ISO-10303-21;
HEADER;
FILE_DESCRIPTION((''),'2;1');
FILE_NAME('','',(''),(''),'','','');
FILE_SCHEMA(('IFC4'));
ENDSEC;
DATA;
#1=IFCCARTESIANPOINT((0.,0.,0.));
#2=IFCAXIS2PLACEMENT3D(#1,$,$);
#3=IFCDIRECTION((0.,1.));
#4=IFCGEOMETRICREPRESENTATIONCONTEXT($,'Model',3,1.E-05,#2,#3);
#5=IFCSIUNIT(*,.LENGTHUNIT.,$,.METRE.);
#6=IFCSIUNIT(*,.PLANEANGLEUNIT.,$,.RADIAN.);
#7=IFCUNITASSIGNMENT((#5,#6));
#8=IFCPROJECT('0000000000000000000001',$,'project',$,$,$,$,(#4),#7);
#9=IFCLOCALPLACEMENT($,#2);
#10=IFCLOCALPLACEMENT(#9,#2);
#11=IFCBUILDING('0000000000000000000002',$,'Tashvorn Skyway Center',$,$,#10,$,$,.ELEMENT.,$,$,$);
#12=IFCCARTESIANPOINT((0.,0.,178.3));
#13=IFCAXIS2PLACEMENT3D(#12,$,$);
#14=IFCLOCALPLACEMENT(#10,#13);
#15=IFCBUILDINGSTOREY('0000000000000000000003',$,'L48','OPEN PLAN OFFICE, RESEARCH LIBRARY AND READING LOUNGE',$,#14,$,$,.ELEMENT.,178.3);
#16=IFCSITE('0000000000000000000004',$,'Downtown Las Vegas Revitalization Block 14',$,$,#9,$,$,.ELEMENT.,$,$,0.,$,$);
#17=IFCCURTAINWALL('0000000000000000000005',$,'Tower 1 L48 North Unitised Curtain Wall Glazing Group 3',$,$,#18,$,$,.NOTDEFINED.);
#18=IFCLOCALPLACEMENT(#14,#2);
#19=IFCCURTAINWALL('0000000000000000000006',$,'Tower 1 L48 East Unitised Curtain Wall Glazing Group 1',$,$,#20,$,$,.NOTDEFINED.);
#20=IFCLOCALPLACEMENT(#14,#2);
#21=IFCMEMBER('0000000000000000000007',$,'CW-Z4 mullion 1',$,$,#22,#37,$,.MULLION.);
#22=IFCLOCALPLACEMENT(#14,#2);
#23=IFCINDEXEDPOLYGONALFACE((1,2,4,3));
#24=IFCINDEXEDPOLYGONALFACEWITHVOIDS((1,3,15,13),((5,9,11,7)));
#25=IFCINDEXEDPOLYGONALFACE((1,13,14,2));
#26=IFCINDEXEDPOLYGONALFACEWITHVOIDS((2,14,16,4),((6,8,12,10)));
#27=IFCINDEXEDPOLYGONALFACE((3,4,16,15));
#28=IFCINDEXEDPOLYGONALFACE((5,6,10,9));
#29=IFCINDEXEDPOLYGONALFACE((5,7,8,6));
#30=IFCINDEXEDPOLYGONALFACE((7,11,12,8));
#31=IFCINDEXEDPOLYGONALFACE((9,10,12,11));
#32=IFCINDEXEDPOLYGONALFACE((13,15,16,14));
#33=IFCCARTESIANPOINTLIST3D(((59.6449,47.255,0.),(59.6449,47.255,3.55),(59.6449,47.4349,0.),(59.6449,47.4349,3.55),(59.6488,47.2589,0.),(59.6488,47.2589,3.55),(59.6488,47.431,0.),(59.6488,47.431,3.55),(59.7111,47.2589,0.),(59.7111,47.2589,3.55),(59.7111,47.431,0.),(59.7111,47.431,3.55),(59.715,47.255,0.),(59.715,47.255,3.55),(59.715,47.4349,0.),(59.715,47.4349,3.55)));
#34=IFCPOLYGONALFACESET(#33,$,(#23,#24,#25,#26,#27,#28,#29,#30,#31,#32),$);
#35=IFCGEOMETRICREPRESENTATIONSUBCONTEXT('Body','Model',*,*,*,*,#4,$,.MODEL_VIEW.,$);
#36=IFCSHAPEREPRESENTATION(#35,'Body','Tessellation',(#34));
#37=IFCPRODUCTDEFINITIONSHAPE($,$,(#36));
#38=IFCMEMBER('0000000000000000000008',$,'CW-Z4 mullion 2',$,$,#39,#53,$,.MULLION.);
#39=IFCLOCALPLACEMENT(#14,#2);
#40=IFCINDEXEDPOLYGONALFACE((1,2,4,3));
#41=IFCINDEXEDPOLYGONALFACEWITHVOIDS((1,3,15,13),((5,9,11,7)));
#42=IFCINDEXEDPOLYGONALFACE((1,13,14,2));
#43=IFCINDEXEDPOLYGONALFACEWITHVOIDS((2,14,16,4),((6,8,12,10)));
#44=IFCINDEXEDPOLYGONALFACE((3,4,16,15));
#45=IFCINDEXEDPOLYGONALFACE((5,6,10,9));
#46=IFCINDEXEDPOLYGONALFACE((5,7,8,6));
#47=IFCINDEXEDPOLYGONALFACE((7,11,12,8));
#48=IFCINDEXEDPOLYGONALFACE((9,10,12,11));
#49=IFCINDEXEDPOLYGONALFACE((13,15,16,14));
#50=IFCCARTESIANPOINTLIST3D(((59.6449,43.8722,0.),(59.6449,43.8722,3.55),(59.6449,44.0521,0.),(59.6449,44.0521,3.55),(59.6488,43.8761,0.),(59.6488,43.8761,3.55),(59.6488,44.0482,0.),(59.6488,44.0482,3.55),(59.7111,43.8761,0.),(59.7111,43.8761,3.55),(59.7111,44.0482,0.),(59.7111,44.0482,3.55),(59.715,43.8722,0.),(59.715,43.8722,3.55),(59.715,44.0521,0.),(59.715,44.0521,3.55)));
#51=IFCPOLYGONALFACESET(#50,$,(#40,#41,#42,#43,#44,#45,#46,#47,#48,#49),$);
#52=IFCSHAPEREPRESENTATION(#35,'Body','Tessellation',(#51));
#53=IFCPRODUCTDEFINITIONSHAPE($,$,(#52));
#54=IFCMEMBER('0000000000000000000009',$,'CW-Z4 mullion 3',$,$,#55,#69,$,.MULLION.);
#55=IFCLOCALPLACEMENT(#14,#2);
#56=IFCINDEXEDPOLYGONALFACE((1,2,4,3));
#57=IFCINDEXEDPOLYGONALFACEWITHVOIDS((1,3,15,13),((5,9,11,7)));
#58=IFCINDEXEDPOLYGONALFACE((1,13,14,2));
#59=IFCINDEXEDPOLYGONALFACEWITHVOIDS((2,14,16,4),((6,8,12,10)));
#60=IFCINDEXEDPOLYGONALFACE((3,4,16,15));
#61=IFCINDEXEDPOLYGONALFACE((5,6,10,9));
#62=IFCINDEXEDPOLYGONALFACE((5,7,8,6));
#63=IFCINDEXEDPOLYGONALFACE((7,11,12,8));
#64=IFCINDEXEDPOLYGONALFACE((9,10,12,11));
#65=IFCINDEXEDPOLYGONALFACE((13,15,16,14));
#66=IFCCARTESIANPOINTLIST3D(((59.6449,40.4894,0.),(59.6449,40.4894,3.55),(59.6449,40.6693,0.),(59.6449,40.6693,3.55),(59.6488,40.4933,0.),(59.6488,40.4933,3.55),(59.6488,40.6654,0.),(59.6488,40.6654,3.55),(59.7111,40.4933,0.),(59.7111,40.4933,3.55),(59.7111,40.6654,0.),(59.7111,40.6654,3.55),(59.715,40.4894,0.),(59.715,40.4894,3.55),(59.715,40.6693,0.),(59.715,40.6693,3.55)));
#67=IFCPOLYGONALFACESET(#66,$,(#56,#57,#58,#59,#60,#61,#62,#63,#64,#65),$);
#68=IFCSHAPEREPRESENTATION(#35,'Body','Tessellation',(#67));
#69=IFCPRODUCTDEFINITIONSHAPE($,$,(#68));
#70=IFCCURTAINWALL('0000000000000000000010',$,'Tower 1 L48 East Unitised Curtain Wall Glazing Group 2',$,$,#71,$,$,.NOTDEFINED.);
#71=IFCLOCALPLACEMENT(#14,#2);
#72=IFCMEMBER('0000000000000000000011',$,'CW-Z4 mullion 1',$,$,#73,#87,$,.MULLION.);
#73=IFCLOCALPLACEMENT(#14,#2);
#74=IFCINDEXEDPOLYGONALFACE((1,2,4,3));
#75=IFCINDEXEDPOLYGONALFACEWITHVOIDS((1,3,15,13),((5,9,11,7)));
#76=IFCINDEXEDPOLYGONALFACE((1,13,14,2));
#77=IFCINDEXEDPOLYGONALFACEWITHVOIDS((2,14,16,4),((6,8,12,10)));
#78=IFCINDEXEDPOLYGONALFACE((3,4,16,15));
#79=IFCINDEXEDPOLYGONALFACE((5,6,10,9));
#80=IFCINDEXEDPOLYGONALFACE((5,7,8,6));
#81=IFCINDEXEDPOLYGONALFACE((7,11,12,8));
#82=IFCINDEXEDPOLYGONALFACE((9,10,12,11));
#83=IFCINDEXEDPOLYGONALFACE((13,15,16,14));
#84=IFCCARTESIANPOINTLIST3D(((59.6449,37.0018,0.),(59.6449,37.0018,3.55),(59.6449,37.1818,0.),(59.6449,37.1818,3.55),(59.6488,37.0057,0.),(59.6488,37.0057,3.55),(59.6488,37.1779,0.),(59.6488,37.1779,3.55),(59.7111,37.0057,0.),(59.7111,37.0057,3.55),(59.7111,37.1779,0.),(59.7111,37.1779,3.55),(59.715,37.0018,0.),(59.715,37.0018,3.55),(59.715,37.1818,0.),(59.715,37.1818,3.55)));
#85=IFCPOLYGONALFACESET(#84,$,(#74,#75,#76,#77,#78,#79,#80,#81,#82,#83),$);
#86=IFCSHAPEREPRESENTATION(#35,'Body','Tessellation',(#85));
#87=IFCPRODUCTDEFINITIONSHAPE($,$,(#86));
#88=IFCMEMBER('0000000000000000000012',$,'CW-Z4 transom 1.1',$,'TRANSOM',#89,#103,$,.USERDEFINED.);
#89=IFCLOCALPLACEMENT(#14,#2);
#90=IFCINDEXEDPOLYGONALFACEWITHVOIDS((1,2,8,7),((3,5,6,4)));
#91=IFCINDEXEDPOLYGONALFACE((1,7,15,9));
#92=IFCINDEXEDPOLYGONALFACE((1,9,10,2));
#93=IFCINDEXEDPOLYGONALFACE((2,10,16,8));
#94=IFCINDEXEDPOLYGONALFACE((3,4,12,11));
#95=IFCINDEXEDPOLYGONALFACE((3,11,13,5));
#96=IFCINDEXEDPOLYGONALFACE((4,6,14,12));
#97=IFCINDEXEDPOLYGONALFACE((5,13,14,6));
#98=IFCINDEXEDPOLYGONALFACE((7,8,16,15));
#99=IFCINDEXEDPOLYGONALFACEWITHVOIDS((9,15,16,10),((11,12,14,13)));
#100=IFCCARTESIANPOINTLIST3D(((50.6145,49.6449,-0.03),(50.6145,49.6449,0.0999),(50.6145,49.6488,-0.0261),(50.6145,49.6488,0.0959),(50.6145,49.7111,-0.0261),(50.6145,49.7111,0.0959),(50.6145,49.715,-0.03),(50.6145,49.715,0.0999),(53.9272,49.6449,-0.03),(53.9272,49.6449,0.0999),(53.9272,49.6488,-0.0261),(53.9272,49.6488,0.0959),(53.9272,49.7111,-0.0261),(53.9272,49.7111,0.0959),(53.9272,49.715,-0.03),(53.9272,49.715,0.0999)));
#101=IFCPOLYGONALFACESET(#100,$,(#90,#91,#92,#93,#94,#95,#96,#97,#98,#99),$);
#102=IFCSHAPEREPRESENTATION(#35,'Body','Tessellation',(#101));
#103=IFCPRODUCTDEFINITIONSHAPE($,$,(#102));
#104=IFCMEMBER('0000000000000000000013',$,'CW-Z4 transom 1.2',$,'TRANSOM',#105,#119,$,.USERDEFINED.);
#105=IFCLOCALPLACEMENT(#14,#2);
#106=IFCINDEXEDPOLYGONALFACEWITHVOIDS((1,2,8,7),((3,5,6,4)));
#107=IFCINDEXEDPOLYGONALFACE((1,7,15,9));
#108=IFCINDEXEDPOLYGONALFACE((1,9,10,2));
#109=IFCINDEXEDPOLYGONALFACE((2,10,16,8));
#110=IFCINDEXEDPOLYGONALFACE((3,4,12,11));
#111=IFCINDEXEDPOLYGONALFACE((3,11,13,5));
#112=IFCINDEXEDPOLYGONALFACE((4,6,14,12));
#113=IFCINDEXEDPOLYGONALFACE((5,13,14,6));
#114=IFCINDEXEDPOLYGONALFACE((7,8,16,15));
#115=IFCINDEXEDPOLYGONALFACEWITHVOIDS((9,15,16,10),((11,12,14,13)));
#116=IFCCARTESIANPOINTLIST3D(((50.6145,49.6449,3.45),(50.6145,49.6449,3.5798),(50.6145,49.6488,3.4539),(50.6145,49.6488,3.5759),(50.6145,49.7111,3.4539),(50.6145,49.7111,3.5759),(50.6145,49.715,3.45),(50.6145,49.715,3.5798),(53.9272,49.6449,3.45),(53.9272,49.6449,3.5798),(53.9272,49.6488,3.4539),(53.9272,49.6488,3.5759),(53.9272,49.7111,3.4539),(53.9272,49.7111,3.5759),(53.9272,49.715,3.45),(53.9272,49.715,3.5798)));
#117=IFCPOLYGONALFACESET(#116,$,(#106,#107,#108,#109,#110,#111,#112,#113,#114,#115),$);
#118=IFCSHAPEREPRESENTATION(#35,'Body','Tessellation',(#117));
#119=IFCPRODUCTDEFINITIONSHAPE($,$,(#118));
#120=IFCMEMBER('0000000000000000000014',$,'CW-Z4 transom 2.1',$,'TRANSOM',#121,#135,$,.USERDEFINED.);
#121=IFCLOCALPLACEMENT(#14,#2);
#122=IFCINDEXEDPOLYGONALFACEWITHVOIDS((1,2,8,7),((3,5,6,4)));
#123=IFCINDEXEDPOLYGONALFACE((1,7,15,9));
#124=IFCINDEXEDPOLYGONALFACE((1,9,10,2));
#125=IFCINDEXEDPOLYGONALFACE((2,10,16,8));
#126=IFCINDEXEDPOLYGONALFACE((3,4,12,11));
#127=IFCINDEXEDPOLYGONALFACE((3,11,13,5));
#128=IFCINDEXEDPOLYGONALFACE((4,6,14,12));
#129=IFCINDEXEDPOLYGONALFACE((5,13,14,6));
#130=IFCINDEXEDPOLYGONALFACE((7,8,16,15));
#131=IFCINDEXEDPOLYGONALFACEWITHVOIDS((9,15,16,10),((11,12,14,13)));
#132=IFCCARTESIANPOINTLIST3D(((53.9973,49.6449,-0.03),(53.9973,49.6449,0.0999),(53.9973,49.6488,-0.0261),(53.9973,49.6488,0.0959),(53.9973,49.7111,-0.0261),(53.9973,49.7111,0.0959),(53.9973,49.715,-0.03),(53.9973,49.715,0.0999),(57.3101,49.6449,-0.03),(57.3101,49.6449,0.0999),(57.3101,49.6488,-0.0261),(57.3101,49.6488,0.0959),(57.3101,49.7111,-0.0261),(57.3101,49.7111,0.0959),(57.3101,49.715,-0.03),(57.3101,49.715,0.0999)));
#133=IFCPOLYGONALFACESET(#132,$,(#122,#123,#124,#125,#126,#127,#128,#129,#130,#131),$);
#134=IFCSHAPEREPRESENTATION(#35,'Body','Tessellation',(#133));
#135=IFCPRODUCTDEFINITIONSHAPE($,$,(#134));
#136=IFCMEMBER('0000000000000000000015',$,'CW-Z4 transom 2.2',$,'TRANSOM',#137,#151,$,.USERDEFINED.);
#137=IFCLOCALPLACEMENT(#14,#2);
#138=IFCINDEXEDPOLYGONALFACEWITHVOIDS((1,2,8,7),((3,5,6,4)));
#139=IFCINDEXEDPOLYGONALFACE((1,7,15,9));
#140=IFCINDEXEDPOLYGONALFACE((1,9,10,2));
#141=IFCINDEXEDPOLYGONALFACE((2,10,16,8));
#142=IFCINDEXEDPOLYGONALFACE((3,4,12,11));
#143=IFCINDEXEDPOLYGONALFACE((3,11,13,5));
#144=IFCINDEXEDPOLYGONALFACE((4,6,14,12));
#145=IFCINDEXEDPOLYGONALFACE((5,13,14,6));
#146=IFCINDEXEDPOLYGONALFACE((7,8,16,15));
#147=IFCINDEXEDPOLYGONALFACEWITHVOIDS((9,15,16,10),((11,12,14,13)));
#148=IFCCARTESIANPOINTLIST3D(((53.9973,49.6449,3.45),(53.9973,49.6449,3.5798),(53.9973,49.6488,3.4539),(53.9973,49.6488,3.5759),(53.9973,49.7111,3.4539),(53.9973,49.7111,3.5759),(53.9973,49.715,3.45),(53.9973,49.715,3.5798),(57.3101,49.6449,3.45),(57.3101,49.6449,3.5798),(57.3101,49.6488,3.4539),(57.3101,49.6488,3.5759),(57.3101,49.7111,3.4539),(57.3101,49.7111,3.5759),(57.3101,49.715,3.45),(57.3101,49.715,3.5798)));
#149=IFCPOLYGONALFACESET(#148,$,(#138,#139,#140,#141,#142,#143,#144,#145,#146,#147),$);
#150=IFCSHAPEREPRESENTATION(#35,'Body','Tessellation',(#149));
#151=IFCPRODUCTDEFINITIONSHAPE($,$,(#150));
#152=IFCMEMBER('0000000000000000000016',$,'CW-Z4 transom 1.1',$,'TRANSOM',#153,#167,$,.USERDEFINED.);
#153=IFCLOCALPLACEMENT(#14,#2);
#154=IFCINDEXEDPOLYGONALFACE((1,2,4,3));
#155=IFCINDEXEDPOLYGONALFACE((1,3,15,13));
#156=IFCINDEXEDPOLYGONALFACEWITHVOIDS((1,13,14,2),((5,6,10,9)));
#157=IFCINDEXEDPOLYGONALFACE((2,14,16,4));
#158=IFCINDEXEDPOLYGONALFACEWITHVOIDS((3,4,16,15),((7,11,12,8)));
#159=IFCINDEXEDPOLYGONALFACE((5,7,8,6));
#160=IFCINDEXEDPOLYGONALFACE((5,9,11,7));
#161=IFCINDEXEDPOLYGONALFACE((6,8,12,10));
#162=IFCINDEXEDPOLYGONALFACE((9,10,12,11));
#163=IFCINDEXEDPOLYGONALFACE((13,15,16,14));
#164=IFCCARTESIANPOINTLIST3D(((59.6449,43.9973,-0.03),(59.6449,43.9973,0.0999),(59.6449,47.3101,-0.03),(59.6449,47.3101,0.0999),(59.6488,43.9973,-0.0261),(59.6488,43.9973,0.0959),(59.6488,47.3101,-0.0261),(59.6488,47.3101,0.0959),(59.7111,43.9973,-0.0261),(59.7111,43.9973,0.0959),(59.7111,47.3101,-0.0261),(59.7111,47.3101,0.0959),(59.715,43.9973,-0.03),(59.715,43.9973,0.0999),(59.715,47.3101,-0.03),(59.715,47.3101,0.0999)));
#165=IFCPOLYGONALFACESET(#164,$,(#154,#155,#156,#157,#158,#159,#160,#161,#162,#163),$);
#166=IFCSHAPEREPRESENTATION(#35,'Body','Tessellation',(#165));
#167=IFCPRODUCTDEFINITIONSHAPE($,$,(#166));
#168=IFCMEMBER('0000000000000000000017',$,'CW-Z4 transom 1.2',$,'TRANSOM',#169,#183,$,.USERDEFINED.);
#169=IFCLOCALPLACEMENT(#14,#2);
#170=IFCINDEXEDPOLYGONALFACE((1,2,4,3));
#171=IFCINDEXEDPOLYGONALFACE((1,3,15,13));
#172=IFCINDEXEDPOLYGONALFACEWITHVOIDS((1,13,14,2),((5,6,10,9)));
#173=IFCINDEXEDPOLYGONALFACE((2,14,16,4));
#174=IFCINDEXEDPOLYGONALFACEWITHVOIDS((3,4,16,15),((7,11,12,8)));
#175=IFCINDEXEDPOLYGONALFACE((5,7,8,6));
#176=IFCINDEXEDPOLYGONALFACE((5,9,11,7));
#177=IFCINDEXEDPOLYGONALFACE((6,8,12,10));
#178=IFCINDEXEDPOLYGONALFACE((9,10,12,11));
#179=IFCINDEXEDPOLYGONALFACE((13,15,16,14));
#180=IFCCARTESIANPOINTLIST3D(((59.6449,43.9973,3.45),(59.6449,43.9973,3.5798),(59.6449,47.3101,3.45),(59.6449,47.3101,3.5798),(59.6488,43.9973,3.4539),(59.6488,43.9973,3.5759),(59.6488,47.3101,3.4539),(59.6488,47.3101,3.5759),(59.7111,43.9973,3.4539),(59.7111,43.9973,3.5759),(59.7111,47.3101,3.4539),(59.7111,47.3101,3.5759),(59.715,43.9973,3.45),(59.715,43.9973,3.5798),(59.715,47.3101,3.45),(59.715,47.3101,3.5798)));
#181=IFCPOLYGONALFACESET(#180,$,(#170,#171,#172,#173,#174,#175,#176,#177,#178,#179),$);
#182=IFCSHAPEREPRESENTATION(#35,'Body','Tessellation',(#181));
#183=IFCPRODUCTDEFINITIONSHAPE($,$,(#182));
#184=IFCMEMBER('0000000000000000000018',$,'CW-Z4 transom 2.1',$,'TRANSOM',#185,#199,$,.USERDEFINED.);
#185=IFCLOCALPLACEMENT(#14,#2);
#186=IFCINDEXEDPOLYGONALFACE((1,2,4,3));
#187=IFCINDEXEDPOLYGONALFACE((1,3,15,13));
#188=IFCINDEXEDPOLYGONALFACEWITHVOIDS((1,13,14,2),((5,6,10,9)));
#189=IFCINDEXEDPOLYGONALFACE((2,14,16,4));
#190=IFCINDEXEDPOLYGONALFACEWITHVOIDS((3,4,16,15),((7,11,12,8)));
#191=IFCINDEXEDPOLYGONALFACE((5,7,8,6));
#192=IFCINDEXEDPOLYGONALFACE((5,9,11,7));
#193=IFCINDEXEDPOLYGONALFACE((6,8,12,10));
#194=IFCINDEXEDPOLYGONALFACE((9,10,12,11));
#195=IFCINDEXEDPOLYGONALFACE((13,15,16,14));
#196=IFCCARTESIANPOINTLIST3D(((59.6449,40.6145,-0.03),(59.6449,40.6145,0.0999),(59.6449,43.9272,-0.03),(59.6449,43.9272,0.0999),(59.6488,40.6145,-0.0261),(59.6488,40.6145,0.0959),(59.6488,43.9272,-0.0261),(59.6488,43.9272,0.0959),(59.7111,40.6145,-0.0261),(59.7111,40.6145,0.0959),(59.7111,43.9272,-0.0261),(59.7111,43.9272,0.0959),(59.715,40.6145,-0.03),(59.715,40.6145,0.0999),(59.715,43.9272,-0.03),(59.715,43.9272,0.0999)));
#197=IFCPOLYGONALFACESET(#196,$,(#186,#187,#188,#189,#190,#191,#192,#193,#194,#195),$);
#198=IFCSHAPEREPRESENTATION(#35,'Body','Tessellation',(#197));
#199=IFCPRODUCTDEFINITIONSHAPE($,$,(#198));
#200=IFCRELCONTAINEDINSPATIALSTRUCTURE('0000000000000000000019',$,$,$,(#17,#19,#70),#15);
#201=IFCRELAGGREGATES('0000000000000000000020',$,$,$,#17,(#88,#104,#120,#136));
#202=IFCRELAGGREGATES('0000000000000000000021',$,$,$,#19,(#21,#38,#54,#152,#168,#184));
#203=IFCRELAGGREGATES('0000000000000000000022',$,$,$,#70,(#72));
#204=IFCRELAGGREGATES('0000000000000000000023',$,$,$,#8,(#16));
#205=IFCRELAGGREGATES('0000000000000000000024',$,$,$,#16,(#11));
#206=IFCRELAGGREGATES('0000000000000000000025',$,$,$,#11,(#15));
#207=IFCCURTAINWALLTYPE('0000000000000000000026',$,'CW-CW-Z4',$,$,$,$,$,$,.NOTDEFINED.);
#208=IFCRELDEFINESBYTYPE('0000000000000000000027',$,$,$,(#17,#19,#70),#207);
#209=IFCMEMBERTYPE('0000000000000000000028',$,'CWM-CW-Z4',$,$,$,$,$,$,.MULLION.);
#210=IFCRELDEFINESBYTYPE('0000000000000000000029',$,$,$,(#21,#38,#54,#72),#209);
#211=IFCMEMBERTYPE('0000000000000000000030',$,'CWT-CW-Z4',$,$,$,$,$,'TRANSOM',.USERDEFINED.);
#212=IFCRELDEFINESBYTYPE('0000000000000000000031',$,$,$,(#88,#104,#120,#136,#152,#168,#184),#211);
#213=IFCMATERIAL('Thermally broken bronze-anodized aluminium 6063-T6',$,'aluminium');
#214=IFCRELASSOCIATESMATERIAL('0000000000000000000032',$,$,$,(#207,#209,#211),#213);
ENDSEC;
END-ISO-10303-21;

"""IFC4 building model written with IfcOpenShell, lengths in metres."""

from ifc_helpers import new_model, si_unit, direction, frame, origin, origin_2d, place, context, subcontext, project, spatial, hollow_rectangle, extrude, material, material_profile, profile_set, type_object, element, aggregate, save


model = new_model("IFC4")

# Units and contexts
model_context = context("Model", 3, precision=1e-05, world=origin(), true_north=direction((0.0, 1.0)))
body_context = subcontext(model_context, "Body", "Model", "MODEL_VIEW")
ifc_project = project(units=[si_unit("LENGTHUNIT", "METRE"), si_unit("PLANEANGLEUNIT", "RADIAN")], contexts=[model_context])

# Site, building, storey
site_placement = place(None, origin())
site = spatial("IfcSite", under=ifc_project, at=site_placement, Name="Downtown Las Vegas Revitalization Block 14", CompositionType="ELEMENT", RefElevation=0.0)
building_placement = place(site_placement, origin())
building = spatial("IfcBuilding", under=site, at=building_placement, Name="Tashvorn Skyway Center", CompositionType="ELEMENT")
storey_placement = place(building_placement, frame((0.0, 0.0, 178.3)))
storey = spatial("IfcBuildingStorey", under=building, at=storey_placement, Name="L48", Description="OPEN PLAN OFFICE, RESEARCH LIBRARY AND READING LOUNGE", CompositionType="ELEMENT", Elevation=178.3)

# Curtain walls, members
ifc_material_1 = material(Name="Thermally broken bronze-anodized aluminium 6063-T6", Category="aluminium")
curtain_wall_type = type_object("IfcCurtainWallType", Name="CW-CW-Z4", PredefinedType="NOTDEFINED", material=ifc_material_1)
curtain_wall_1_placement = place(storey_placement, origin())
curtain_wall_1 = element("IfcCurtainWall", 1, at=curtain_wall_1_placement, inside=storey, type_object=curtain_wall_type, Name="Tower 1 L48 North Unitised Curtain Wall Glazing Group 3", PredefinedType="NOTDEFINED")
ifc_material_profile_1 = material_profile(ifc_material_1, hollow_rectangle(XDim=0.0701, YDim=0.1799, WallThickness=0.0039, at=origin_2d()), Name="ALU-MULL-70x180")
ifc_profile_set_1 = profile_set([ifc_material_profile_1], Name="Thermally broken bronze-anodized aluminium 6063-T6")
member_type_1 = type_object("IfcMemberType", Name="CWM-CW-Z4", PredefinedType="MULLION", material=ifc_profile_set_1)
curtain_wall_2_placement = place(storey_placement, origin())
curtain_wall_2 = element("IfcCurtainWall", 2, at=curtain_wall_2_placement, inside=storey, type_object=curtain_wall_type, Name="Tower 1 L48 East Unitised Curtain Wall Glazing Group 1", PredefinedType="NOTDEFINED")
member_1_placement = place(storey_placement, frame((59.6799, 47.345, 0.0), z_axis=(0.0, 0.0, 1.0), x_axis=(1.0, 0.0, 0.0)))
member_1 = element("IfcMember", 3, at=member_1_placement, type_object=member_type_1, Name="CW-Z4 mullion 1", PredefinedType="MULLION", context=body_context, shape_type="SweptSolid", body=[
    extrude(hollow_rectangle(XDim=0.0701, YDim=0.1799, WallThickness=0.0039, at=origin_2d()), origin(), (0.0, 0.0, 1.0), 3.55),
])
member_2_placement = place(storey_placement, frame((59.6799, 43.9622, 0.0), z_axis=(0.0, 0.0, 1.0), x_axis=(1.0, 0.0, 0.0)))
member_2 = element("IfcMember", 4, at=member_2_placement, type_object=member_type_1, Name="CW-Z4 mullion 2", PredefinedType="MULLION", context=body_context, shape_type="SweptSolid", body=[
    extrude(hollow_rectangle(XDim=0.0701, YDim=0.1799, WallThickness=0.0039, at=origin_2d()), origin(), (0.0, 0.0, 1.0), 3.55),
])
member_3_placement = place(storey_placement, frame((59.6799, 40.5793, 0.0), z_axis=(0.0, 0.0, 1.0), x_axis=(1.0, 0.0, 0.0)))
member_3 = element("IfcMember", 5, at=member_3_placement, type_object=member_type_1, Name="CW-Z4 mullion 3", PredefinedType="MULLION", context=body_context, shape_type="SweptSolid", body=[
    extrude(hollow_rectangle(XDim=0.0701, YDim=0.1799, WallThickness=0.0039, at=origin_2d()), origin(), (0.0, 0.0, 1.0), 3.55),
])

# Curtain wall, member
curtain_wall_3_placement = place(storey_placement, origin())
curtain_wall_3 = element("IfcCurtainWall", 6, at=curtain_wall_3_placement, inside=storey, type_object=curtain_wall_type, Name="Tower 1 L48 East Unitised Curtain Wall Glazing Group 2", PredefinedType="NOTDEFINED")
member_4_placement = place(storey_placement, frame((59.6799, 37.0918, 0.0), z_axis=(0.0, 0.0, 1.0), x_axis=(1.0, 0.0, 0.0)))
member_4 = element("IfcMember", 7, at=member_4_placement, type_object=member_type_1, Name="CW-Z4 mullion 1", PredefinedType="MULLION", context=body_context, shape_type="SweptSolid", body=[
    extrude(hollow_rectangle(XDim=0.0701, YDim=0.1799, WallThickness=0.0039, at=origin_2d()), origin(), (0.0, 0.0, 1.0), 3.55),
])

# Members
ifc_material_profile_2 = material_profile(ifc_material_1, hollow_rectangle(XDim=0.0701, YDim=0.1299, WallThickness=0.0039, at=origin_2d()), Name="ALU-TRAN-70x130")
ifc_profile_set_2 = profile_set([ifc_material_profile_2], Name="Thermally broken bronze-anodized aluminium 6063-T6")
member_type_2 = type_object("IfcMemberType", Name="CWT-CW-Z4", ElementType="TRANSOM", PredefinedType="USERDEFINED", material=ifc_profile_set_2)
member_5_placement = place(storey_placement, frame((50.6145, 49.6799, 0.0349), z_axis=(1.0, 0.0, 0.0), x_axis=(0.0, 1.0, 0.0)))
member_5 = element("IfcMember", 8, at=member_5_placement, type_object=member_type_2, Name="CW-Z4 transom 1.1", ObjectType="TRANSOM", PredefinedType="USERDEFINED", context=body_context, shape_type="SweptSolid", body=[
    extrude(hollow_rectangle(XDim=0.0701, YDim=0.1299, WallThickness=0.0039, at=origin_2d()), origin(), (0.0, 0.0, 1.0), 3.3127),
])
member_6_placement = place(storey_placement, frame((50.6145, 49.6799, 3.5149), z_axis=(1.0, 0.0, 0.0), x_axis=(0.0, 1.0, 0.0)))
member_6 = element("IfcMember", 9, at=member_6_placement, type_object=member_type_2, Name="CW-Z4 transom 1.2", ObjectType="TRANSOM", PredefinedType="USERDEFINED", context=body_context, shape_type="SweptSolid", body=[
    extrude(hollow_rectangle(XDim=0.0701, YDim=0.1299, WallThickness=0.0039, at=origin_2d()), origin(), (0.0, 0.0, 1.0), 3.3127),
])
member_7_placement = place(storey_placement, frame((53.9973, 49.6799, 0.0349), z_axis=(1.0, 0.0, 0.0), x_axis=(0.0, 1.0, 0.0)))
member_7 = element("IfcMember", 10, at=member_7_placement, type_object=member_type_2, Name="CW-Z4 transom 2.1", ObjectType="TRANSOM", PredefinedType="USERDEFINED", context=body_context, shape_type="SweptSolid", body=[
    extrude(hollow_rectangle(XDim=0.0701, YDim=0.1299, WallThickness=0.0039, at=origin_2d()), origin(), (0.0, 0.0, 1.0), 3.3127),
])
member_8_placement = place(storey_placement, frame((53.9973, 49.6799, 3.5149), z_axis=(1.0, 0.0, 0.0), x_axis=(0.0, 1.0, 0.0)))
member_8 = element("IfcMember", 11, at=member_8_placement, type_object=member_type_2, Name="CW-Z4 transom 2.2", ObjectType="TRANSOM", PredefinedType="USERDEFINED", context=body_context, shape_type="SweptSolid", body=[
    extrude(hollow_rectangle(XDim=0.0701, YDim=0.1299, WallThickness=0.0039, at=origin_2d()), origin(), (0.0, 0.0, 1.0), 3.3127),
])
member_9_placement = place(storey_placement, frame((59.6799, 47.3101, 0.0349), z_axis=(0.0, -1.0, 0.0), x_axis=(1.0, 0.0, 0.0)))
member_9 = element("IfcMember", 12, at=member_9_placement, type_object=member_type_2, Name="CW-Z4 transom 1.1", ObjectType="TRANSOM", PredefinedType="USERDEFINED", context=body_context, shape_type="SweptSolid", body=[
    extrude(hollow_rectangle(XDim=0.0701, YDim=0.1299, WallThickness=0.0039, at=origin_2d()), origin(), (0.0, 0.0, 1.0), 3.3127),
])
member_10_placement = place(storey_placement, frame((59.6799, 47.3101, 3.5149), z_axis=(0.0, -1.0, 0.0), x_axis=(1.0, 0.0, 0.0)))
member_10 = element("IfcMember", 13, at=member_10_placement, type_object=member_type_2, Name="CW-Z4 transom 1.2", ObjectType="TRANSOM", PredefinedType="USERDEFINED", context=body_context, shape_type="SweptSolid", body=[
    extrude(hollow_rectangle(XDim=0.0701, YDim=0.1299, WallThickness=0.0039, at=origin_2d()), origin(), (0.0, 0.0, 1.0), 3.3127),
])
member_11_placement = place(storey_placement, frame((59.6799, 43.9272, 0.0349), z_axis=(0.0, -1.0, 0.0), x_axis=(1.0, 0.0, 0.0)))
member_11 = element("IfcMember", 14, at=member_11_placement, type_object=member_type_2, Name="CW-Z4 transom 2.1", ObjectType="TRANSOM", PredefinedType="USERDEFINED", context=body_context, shape_type="SweptSolid", body=[
    extrude(hollow_rectangle(XDim=0.0701, YDim=0.1299, WallThickness=0.0039, at=origin_2d()), origin(), (0.0, 0.0, 1.0), 3.3127),
])

aggregate(curtain_wall_1, [member_5, member_6, member_7, member_8])
aggregate(curtain_wall_2, [member_1, member_2, member_3, member_9, member_10, member_11])
aggregate(curtain_wall_3, [member_4])

save(model, "model.ifc")
